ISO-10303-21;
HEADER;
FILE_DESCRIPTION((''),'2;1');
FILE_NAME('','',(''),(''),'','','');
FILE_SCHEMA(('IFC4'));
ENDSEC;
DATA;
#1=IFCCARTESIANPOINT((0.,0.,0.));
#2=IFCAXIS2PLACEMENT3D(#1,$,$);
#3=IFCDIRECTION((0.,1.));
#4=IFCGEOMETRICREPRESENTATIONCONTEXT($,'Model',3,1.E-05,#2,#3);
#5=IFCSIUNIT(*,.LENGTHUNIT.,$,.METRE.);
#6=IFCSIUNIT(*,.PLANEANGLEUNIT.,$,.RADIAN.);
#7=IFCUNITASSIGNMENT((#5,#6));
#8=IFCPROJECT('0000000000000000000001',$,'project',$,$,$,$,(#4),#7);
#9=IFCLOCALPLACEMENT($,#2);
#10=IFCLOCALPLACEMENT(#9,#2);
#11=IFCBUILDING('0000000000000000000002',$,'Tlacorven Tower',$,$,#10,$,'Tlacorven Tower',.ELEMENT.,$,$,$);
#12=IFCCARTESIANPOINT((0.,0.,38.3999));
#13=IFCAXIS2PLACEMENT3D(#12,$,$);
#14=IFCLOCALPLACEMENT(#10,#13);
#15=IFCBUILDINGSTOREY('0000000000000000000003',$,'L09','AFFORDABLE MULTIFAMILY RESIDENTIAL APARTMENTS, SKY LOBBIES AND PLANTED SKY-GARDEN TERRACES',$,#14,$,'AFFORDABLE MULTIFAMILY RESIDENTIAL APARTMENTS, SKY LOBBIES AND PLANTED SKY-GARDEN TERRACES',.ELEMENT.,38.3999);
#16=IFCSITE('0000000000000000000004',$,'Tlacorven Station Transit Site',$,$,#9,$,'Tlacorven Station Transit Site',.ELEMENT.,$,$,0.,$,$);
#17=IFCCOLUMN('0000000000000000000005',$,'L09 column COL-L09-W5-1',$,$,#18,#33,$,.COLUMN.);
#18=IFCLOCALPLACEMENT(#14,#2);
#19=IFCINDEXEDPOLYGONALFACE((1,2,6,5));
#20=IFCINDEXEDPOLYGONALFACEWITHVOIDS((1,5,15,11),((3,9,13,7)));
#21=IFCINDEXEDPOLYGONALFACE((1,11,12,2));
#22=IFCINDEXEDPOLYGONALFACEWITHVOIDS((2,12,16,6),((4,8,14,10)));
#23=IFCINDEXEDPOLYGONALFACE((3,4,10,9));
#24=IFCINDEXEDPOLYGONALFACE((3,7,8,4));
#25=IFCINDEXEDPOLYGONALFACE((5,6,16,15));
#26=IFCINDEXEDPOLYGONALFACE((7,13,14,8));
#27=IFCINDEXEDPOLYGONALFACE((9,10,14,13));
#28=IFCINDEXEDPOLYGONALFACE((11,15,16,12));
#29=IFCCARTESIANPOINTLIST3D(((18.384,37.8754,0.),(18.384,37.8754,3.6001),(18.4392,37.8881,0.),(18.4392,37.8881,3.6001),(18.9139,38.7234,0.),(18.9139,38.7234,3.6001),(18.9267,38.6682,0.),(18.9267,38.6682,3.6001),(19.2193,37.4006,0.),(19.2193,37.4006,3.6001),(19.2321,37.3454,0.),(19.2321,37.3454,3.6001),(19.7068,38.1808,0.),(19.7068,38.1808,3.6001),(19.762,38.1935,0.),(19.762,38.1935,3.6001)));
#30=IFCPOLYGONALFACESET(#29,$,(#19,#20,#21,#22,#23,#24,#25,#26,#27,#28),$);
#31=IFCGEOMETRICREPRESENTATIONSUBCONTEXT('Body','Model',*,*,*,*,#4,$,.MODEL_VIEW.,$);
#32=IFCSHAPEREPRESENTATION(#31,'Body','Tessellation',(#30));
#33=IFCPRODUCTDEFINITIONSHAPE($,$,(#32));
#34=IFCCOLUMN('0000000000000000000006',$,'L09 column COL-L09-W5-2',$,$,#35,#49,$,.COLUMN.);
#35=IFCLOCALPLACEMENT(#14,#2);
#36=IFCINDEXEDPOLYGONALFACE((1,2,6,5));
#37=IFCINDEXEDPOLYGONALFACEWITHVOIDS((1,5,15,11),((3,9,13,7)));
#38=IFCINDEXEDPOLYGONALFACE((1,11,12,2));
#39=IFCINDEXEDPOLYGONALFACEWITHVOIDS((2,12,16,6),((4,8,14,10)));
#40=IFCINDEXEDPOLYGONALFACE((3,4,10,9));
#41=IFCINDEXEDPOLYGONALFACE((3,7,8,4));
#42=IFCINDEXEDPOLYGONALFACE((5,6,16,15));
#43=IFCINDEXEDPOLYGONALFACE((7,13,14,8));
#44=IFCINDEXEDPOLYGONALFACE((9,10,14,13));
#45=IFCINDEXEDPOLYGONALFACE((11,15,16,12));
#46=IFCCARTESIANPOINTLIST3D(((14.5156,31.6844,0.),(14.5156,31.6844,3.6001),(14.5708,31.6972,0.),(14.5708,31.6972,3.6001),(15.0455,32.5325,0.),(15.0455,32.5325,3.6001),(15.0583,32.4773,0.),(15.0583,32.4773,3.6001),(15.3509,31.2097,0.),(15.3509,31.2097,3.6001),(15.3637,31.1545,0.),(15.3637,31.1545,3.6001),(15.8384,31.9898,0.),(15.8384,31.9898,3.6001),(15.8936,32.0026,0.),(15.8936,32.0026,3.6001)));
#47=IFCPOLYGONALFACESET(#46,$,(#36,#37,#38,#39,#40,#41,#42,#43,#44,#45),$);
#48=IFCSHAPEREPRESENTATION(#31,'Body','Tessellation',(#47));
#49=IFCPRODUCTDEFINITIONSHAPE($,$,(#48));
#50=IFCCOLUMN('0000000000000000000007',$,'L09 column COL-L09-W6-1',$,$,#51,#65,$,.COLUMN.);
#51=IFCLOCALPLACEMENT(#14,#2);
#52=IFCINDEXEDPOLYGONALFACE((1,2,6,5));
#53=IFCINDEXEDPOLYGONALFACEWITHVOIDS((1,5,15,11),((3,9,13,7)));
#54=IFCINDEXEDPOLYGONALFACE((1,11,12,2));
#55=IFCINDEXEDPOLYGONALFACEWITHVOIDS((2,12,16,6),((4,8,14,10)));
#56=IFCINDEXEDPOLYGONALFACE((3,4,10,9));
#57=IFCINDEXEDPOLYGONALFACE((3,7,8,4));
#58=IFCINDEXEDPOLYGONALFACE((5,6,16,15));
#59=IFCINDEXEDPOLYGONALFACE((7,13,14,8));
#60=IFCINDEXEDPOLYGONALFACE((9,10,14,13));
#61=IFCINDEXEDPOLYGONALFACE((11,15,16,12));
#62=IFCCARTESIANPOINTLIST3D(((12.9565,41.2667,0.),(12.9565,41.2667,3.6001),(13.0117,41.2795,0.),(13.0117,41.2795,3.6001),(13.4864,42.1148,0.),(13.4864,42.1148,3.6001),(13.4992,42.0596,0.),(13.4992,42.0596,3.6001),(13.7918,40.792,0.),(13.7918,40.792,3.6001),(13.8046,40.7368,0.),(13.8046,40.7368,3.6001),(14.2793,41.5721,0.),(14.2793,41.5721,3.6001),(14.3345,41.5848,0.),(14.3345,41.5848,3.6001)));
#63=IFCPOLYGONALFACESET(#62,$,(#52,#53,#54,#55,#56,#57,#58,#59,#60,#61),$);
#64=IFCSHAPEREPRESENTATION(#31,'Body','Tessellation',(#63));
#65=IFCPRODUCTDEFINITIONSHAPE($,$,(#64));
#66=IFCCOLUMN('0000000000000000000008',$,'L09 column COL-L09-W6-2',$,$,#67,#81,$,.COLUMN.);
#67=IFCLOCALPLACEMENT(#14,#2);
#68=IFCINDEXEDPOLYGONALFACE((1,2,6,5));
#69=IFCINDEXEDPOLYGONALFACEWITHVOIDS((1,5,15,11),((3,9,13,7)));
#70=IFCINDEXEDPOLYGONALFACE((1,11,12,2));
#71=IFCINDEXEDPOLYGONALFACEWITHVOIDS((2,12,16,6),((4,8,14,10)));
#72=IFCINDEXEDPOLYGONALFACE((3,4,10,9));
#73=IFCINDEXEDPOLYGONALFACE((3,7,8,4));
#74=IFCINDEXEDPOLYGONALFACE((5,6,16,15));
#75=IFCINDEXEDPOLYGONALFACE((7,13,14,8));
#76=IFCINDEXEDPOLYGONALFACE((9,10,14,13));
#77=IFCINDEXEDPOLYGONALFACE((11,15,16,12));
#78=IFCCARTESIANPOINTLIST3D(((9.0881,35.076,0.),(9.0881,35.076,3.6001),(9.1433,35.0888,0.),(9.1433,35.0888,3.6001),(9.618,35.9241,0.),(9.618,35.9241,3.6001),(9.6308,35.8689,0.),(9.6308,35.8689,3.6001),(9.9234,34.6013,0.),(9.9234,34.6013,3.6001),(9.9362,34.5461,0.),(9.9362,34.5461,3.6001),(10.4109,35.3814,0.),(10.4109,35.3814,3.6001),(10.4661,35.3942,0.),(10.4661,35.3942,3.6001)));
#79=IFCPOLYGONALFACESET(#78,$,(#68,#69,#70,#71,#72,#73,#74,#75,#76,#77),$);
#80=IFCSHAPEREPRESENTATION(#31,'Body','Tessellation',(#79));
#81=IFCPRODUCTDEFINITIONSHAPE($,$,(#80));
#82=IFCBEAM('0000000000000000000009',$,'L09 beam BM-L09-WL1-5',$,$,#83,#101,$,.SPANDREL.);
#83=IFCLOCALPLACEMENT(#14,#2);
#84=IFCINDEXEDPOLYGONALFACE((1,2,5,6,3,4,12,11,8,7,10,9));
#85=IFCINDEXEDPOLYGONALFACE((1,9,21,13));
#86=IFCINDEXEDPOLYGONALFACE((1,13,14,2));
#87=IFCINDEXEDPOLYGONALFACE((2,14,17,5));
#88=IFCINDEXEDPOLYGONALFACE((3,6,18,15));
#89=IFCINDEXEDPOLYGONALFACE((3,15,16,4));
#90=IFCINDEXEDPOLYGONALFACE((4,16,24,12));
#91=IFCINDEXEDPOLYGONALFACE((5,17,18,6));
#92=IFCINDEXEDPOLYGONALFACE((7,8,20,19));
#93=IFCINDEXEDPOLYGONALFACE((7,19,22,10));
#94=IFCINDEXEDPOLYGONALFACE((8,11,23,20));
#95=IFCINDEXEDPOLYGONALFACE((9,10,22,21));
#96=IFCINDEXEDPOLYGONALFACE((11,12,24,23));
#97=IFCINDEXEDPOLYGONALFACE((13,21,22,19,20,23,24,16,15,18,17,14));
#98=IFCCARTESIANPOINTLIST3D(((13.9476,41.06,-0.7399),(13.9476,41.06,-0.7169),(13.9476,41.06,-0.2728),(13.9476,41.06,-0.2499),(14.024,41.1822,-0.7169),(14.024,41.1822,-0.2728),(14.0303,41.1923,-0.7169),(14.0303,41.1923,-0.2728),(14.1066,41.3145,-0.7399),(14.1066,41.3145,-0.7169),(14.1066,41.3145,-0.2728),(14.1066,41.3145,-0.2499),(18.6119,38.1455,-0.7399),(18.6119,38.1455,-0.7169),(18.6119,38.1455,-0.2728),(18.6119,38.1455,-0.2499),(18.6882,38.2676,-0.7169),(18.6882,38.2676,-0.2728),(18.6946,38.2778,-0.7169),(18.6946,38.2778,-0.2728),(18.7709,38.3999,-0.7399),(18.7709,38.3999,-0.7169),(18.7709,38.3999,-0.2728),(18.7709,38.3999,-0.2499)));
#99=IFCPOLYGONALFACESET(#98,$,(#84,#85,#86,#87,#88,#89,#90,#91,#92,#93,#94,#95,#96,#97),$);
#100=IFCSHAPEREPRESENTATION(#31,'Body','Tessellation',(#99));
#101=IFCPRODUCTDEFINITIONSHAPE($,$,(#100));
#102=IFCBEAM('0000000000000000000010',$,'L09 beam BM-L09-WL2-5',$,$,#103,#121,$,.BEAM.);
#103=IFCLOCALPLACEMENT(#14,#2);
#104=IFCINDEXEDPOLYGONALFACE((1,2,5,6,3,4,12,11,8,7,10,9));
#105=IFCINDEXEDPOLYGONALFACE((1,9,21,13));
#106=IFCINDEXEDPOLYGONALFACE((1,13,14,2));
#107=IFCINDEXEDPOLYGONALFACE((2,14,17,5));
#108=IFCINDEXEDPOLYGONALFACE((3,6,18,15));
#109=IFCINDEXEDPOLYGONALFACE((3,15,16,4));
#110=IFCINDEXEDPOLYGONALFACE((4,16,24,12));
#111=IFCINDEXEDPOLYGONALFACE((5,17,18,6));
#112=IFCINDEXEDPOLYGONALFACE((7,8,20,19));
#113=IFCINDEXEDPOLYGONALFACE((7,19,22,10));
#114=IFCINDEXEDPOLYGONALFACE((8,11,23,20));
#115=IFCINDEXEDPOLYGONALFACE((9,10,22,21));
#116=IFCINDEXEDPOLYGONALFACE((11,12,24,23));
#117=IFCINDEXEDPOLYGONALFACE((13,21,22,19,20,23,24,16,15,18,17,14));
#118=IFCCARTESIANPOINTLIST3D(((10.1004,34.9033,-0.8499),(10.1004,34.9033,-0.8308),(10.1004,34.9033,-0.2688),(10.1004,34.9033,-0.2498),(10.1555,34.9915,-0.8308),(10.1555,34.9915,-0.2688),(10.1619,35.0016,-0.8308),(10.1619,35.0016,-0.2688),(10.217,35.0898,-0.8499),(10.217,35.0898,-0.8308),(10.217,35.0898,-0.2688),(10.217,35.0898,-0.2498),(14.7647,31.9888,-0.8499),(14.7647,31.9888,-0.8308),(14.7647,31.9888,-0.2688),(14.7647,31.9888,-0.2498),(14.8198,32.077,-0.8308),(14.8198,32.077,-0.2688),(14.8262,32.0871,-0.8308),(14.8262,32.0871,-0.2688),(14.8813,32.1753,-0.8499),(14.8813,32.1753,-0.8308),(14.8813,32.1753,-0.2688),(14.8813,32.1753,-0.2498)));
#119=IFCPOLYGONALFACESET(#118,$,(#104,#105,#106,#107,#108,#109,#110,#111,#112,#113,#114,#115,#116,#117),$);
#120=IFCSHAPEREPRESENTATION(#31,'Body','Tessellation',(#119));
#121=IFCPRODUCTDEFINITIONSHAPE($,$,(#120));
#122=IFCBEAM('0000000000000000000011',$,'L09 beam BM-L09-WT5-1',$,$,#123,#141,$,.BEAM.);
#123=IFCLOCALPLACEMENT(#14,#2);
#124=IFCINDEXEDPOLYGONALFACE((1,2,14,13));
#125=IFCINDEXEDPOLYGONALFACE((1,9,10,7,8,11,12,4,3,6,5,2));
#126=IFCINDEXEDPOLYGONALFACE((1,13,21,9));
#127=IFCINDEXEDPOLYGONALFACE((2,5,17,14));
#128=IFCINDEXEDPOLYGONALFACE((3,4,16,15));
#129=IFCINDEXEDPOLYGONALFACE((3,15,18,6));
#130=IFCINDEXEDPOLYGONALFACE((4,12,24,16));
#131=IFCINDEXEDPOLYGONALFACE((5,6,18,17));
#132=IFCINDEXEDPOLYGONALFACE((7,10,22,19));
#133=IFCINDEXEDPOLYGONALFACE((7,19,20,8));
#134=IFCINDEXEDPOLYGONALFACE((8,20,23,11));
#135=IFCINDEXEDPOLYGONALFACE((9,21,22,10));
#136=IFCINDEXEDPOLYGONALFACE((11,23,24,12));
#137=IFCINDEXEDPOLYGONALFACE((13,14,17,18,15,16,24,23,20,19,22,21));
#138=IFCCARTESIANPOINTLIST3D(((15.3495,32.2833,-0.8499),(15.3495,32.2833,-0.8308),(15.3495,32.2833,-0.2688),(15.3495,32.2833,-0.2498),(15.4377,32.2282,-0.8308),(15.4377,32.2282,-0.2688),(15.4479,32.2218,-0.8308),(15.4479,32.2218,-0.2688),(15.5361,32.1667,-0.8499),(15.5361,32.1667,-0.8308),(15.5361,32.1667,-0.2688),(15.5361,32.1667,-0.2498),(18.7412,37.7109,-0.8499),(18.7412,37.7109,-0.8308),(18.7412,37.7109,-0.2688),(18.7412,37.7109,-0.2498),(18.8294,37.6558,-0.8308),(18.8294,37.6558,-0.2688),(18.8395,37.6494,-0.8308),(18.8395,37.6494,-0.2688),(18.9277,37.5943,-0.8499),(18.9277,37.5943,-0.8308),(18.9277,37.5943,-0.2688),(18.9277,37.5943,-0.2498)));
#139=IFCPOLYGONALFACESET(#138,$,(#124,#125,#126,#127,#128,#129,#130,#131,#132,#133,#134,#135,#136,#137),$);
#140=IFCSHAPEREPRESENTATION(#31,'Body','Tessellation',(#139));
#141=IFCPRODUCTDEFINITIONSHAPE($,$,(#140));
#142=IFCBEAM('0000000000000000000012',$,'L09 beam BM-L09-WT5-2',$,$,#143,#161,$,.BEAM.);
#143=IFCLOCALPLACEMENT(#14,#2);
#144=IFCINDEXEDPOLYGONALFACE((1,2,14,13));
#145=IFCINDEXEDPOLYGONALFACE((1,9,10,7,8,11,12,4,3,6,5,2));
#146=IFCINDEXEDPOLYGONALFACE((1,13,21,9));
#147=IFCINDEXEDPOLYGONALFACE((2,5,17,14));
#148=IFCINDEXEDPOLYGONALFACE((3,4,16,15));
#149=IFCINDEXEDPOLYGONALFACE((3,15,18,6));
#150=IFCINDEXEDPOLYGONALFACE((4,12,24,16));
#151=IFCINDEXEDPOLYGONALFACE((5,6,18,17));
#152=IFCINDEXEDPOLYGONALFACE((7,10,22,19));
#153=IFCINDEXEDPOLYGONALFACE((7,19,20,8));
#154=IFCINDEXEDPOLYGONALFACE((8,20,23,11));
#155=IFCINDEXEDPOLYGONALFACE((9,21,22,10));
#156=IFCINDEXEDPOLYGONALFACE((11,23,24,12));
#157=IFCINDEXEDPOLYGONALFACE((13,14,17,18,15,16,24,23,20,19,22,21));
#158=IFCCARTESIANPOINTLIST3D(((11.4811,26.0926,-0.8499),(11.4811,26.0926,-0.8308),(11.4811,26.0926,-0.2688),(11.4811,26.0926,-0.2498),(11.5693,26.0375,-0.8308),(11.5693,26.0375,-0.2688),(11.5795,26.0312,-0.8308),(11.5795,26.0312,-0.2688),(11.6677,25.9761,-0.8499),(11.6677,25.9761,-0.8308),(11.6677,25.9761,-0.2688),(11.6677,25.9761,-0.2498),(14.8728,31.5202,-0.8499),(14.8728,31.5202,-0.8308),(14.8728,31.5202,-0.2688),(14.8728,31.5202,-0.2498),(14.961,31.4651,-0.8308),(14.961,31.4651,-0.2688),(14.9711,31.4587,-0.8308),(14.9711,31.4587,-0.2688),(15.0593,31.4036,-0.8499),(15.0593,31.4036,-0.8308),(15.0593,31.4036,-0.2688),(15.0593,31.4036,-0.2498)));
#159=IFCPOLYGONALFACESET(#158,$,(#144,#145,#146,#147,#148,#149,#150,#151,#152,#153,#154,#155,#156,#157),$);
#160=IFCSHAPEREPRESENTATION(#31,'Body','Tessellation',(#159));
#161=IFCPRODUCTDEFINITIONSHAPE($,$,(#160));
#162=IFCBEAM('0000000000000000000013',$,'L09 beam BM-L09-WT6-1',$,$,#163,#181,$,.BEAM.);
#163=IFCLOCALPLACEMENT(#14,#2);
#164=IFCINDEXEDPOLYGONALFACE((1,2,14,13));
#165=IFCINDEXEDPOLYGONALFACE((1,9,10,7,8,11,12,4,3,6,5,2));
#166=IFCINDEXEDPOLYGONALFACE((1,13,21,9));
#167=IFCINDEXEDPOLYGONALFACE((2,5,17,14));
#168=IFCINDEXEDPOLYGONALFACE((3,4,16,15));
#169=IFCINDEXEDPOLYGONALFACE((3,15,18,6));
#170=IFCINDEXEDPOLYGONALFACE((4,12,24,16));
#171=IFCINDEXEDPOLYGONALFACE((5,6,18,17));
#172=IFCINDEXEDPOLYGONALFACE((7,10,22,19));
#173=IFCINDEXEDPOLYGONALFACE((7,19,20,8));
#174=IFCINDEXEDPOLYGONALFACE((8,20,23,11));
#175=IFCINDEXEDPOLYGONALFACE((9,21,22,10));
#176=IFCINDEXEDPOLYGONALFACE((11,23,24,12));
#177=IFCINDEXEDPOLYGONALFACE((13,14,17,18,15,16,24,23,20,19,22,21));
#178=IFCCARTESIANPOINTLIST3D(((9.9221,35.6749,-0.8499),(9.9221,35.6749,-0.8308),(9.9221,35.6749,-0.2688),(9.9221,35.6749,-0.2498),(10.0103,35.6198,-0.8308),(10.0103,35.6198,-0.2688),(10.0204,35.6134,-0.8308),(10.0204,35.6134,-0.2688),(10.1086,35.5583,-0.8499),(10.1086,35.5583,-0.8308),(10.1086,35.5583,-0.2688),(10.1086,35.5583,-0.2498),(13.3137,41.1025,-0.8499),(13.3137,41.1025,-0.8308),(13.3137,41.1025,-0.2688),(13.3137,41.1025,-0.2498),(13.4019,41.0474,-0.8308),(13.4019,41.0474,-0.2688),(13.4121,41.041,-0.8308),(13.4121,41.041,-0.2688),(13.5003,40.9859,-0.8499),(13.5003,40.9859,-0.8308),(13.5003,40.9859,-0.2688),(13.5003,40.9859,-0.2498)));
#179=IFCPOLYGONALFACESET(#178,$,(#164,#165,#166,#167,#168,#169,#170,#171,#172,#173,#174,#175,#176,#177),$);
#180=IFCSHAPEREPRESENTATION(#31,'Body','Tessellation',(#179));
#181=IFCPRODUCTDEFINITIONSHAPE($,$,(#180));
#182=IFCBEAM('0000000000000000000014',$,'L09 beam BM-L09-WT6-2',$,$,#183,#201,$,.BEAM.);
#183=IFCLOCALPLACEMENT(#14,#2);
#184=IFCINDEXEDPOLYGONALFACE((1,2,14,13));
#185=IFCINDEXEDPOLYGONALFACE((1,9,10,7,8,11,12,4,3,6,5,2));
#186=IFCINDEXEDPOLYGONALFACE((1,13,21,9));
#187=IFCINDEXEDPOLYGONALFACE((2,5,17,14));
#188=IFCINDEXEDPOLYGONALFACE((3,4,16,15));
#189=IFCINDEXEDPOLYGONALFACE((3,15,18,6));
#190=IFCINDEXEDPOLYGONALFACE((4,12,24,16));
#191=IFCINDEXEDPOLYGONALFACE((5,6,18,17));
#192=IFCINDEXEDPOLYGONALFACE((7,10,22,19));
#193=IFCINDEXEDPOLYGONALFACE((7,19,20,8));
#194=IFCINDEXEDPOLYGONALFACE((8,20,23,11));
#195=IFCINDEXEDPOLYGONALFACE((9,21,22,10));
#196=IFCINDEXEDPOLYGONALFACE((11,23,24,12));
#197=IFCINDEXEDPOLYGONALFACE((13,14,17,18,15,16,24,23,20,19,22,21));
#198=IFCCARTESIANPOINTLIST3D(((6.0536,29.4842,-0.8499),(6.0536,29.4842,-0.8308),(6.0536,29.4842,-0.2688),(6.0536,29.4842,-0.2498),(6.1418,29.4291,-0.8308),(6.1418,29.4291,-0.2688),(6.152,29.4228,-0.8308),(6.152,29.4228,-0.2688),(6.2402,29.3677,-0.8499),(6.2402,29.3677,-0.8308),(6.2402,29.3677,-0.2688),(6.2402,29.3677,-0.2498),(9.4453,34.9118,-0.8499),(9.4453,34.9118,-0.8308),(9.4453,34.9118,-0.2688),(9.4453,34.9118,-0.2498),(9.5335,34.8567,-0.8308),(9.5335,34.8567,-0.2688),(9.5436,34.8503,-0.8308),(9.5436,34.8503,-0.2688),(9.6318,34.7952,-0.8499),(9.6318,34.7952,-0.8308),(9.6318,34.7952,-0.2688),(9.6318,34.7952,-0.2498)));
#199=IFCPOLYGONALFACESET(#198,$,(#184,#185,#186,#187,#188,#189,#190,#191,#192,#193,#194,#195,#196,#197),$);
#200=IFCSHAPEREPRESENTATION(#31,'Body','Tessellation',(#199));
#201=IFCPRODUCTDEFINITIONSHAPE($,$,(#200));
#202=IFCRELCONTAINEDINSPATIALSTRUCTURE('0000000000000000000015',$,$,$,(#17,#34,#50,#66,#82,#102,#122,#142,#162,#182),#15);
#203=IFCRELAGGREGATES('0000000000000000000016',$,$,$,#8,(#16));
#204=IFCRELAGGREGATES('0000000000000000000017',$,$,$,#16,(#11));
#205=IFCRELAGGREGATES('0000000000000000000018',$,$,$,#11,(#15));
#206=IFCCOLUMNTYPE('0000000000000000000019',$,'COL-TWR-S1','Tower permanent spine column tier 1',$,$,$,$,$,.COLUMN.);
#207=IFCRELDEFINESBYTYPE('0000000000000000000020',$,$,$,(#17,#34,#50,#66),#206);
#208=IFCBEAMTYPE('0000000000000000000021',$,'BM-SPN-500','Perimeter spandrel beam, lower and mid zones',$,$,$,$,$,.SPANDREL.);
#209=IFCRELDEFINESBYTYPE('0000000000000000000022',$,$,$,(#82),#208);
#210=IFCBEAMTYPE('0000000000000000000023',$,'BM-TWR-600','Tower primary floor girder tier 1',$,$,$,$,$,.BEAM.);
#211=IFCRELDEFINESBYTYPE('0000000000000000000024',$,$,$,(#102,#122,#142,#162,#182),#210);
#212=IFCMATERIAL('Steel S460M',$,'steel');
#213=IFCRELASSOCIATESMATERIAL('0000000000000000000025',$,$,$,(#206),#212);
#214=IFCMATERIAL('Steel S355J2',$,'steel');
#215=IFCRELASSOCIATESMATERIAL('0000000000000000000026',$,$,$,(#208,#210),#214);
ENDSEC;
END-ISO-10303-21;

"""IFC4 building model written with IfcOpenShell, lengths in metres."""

from ifc_helpers import new_model, si_unit, direction, frame, origin, origin_2d, place, context, subcontext, project, spatial, hollow_rectangle, i_section, extrude, source, transform, mapped, material, material_profile, profile_set, type_object, element, save


model = new_model("IFC4")

# Units and contexts
model_context = context("Model", 3, precision=1e-05, world=origin(), true_north=direction((0.0, 1.0)))
body_context = subcontext(model_context, "Body", "Model", "MODEL_VIEW")
ifc_project = project(units=[si_unit("LENGTHUNIT", "METRE"), si_unit("PLANEANGLEUNIT", "RADIAN")], contexts=[model_context])

# Site, building, storey
site_placement = place(None, origin())
site = spatial("IfcSite", under=ifc_project, at=site_placement, Name="Tlacorven Station Transit Site", LongName="Tlacorven Station Transit Site", CompositionType="ELEMENT", RefElevation=0.0)
building_placement = place(site_placement, origin())
building = spatial("IfcBuilding", under=site, at=building_placement, Name="Tlacorven Tower", LongName="Tlacorven Tower", CompositionType="ELEMENT")
storey_placement = place(building_placement, frame((0.0, 0.0, 38.3999)))
storey = spatial("IfcBuildingStorey", under=building, at=storey_placement, Name="L09", Description="AFFORDABLE MULTIFAMILY RESIDENTIAL APARTMENTS, SKY LOBBIES AND PLANTED SKY-GARDEN TERRACES", LongName="AFFORDABLE MULTIFAMILY RESIDENTIAL APARTMENTS, SKY LOBBIES AND PLANTED SKY-GARDEN TERRACES", CompositionType="ELEMENT", Elevation=38.3999)

# Columns
ifc_material_1 = material(Name="Steel S460M", Category="steel")
ifc_material_profile_1 = material_profile(ifc_material_1, hollow_rectangle(XDim=1.0, YDim=1.0, WallThickness=0.04, at=origin_2d()), Name="BOX 1000X1000X40")
ifc_profile_set_1 = profile_set([ifc_material_profile_1], Name="Steel S460M")
column_type = type_object("IfcColumnType", Name="COL-TWR-S1", Description="Tower permanent spine column tier 1", PredefinedType="COLUMN", material=ifc_profile_set_1)
shared_shape_1 = source(origin(), body_context, "Body", "SweptSolid", [
    extrude(hollow_rectangle(XDim=1.0, YDim=1.0, WallThickness=0.04, at=origin_2d()), origin(), (0.0, 0.0, 1.0), 3.6001),
])
for number, where, z_axis, x_axis, name in (
    (1, (19.073, 38.0344, 0.0), (0.0, 0.0, 1.0), (-0.848048, 0.529919, 0.0), "L09 column COL-L09-W5-1"),
    (2, (15.2046, 31.8435, 0.0), (0.0, 0.0, 1.0), (-0.848048, 0.529919, 0.0), "L09 column COL-L09-W5-2"),
    (3, (13.6455, 41.4258, 0.0), (0.0, 0.0, 1.0), (-0.848048, 0.529919, 0.0), "L09 column COL-L09-W6-1"),
    (4, (9.7771, 35.2351, 0.0), (0.0, 0.0, 1.0), (-0.848048, 0.529919, 0.0), "L09 column COL-L09-W6-2"),
):
    element("IfcColumn", number, at=place(storey_placement, frame(where, z_axis=z_axis, x_axis=x_axis)), inside=storey, type_object=column_type, Name=name, PredefinedType="COLUMN", context=body_context, shape_type="MappedRepresentation", body=[
        mapped(shared_shape_1, transform((0.0, 0.0, 0.0), scale=1.0)),
    ])

# Beams
ifc_material_2 = material(Name="Steel S355J2", Category="steel")
ifc_material_profile_2 = material_profile(ifc_material_2, i_section(OverallWidth=0.3, OverallDepth=0.49, WebThickness=0.012, FlangeThickness=0.0229, at=origin_2d()), Name="HEA 500")
ifc_profile_set_2 = profile_set([ifc_material_profile_2], Name="Steel S355J2")
beam_type_1 = type_object("IfcBeamType", Name="BM-SPN-500", Description="Perimeter spandrel beam, lower and mid zones", PredefinedType="SPANDREL", material=ifc_profile_set_2)
shared_shape_2 = source(origin(), body_context, "Body", "SweptSolid", [
    extrude(i_section(OverallWidth=0.3, OverallDepth=0.49, WebThickness=0.012, FlangeThickness=0.0229, at=origin_2d()), origin(), (0.0, 0.0, 1.0), 5.5),
])
beam_1_placement = place(storey_placement, frame((18.6914, 38.2727, -0.4949), z_axis=(-0.848051, 0.529915, 0.0), x_axis=(-0.529915, -0.848051, 0.0)))
element("IfcBeam", 5, at=beam_1_placement, inside=storey, type_object=beam_type_1, Name="L09 beam BM-L09-WL1-5", PredefinedType="SPANDREL", context=body_context, shape_type="MappedRepresentation", body=[
    mapped(shared_shape_2, transform((0.0, 0.0, 0.0), scale=1.0)),
])
ifc_material_profile_3 = material_profile(ifc_material_2, i_section(OverallWidth=0.22, OverallDepth=0.6001, WebThickness=0.012, FlangeThickness=0.019, at=origin_2d()), Name="IPE 600")
ifc_profile_set_3 = profile_set([ifc_material_profile_3], Name="Steel S355J2")
beam_type_2 = type_object("IfcBeamType", Name="BM-TWR-600", Description="Tower primary floor girder tier 1", PredefinedType="BEAM", material=ifc_profile_set_3)
shared_shape_3 = source(origin(), body_context, "Body", "SweptSolid", [
    extrude(i_section(OverallWidth=0.22, OverallDepth=0.6001, WebThickness=0.012, FlangeThickness=0.019, at=origin_2d()), origin(), (0.0, 0.0, 1.0), 5.5),
])
beam_2_placement = place(storey_placement, frame((14.823, 32.082, -0.5498), z_axis=(-0.848051, 0.529915, 0.0), x_axis=(-0.529915, -0.848051, 0.0)))
element("IfcBeam", 6, at=beam_2_placement, inside=storey, type_object=beam_type_2, Name="L09 beam BM-L09-WL2-5", PredefinedType="BEAM", context=body_context, shape_type="MappedRepresentation", body=[
    mapped(shared_shape_3, transform((0.0, 0.0, 0.0), scale=1.0)),
])
shared_shape_4 = source(origin(), body_context, "Body", "SweptSolid", [
    extrude(i_section(OverallWidth=0.22, OverallDepth=0.6001, WebThickness=0.012, FlangeThickness=0.019, at=origin_2d()), origin(), (0.0, 0.0, 1.0), 6.4001),
])
for number, where, z_axis, x_axis, name in (
    (7, (18.8345, 37.6526, -0.5498), (-0.529934, -0.848039, 0.0), (0.848039, -0.529934, 0.0), "L09 beam BM-L09-WT5-1"),
    (8, (14.9661, 31.4619, -0.5498), (-0.529934, -0.848039, 0.0), (0.848039, -0.529934, 0.0), "L09 beam BM-L09-WT5-2"),
    (9, (13.407, 41.0442, -0.5498), (-0.529934, -0.848039, 0.0), (0.848039, -0.529934, 0.0), "L09 beam BM-L09-WT6-1"),
    (10, (9.5386, 34.8535, -0.5498), (-0.529934, -0.848039, 0.0), (0.848039, -0.529934, 0.0), "L09 beam BM-L09-WT6-2"),
):
    element("IfcBeam", number, at=place(storey_placement, frame(where, z_axis=z_axis, x_axis=x_axis)), inside=storey, type_object=beam_type_2, Name=name, PredefinedType="BEAM", context=body_context, shape_type="MappedRepresentation", body=[
        mapped(shared_shape_4, transform((0.0, 0.0, 0.0), scale=1.0)),
    ])

save(model, "model.ifc")
